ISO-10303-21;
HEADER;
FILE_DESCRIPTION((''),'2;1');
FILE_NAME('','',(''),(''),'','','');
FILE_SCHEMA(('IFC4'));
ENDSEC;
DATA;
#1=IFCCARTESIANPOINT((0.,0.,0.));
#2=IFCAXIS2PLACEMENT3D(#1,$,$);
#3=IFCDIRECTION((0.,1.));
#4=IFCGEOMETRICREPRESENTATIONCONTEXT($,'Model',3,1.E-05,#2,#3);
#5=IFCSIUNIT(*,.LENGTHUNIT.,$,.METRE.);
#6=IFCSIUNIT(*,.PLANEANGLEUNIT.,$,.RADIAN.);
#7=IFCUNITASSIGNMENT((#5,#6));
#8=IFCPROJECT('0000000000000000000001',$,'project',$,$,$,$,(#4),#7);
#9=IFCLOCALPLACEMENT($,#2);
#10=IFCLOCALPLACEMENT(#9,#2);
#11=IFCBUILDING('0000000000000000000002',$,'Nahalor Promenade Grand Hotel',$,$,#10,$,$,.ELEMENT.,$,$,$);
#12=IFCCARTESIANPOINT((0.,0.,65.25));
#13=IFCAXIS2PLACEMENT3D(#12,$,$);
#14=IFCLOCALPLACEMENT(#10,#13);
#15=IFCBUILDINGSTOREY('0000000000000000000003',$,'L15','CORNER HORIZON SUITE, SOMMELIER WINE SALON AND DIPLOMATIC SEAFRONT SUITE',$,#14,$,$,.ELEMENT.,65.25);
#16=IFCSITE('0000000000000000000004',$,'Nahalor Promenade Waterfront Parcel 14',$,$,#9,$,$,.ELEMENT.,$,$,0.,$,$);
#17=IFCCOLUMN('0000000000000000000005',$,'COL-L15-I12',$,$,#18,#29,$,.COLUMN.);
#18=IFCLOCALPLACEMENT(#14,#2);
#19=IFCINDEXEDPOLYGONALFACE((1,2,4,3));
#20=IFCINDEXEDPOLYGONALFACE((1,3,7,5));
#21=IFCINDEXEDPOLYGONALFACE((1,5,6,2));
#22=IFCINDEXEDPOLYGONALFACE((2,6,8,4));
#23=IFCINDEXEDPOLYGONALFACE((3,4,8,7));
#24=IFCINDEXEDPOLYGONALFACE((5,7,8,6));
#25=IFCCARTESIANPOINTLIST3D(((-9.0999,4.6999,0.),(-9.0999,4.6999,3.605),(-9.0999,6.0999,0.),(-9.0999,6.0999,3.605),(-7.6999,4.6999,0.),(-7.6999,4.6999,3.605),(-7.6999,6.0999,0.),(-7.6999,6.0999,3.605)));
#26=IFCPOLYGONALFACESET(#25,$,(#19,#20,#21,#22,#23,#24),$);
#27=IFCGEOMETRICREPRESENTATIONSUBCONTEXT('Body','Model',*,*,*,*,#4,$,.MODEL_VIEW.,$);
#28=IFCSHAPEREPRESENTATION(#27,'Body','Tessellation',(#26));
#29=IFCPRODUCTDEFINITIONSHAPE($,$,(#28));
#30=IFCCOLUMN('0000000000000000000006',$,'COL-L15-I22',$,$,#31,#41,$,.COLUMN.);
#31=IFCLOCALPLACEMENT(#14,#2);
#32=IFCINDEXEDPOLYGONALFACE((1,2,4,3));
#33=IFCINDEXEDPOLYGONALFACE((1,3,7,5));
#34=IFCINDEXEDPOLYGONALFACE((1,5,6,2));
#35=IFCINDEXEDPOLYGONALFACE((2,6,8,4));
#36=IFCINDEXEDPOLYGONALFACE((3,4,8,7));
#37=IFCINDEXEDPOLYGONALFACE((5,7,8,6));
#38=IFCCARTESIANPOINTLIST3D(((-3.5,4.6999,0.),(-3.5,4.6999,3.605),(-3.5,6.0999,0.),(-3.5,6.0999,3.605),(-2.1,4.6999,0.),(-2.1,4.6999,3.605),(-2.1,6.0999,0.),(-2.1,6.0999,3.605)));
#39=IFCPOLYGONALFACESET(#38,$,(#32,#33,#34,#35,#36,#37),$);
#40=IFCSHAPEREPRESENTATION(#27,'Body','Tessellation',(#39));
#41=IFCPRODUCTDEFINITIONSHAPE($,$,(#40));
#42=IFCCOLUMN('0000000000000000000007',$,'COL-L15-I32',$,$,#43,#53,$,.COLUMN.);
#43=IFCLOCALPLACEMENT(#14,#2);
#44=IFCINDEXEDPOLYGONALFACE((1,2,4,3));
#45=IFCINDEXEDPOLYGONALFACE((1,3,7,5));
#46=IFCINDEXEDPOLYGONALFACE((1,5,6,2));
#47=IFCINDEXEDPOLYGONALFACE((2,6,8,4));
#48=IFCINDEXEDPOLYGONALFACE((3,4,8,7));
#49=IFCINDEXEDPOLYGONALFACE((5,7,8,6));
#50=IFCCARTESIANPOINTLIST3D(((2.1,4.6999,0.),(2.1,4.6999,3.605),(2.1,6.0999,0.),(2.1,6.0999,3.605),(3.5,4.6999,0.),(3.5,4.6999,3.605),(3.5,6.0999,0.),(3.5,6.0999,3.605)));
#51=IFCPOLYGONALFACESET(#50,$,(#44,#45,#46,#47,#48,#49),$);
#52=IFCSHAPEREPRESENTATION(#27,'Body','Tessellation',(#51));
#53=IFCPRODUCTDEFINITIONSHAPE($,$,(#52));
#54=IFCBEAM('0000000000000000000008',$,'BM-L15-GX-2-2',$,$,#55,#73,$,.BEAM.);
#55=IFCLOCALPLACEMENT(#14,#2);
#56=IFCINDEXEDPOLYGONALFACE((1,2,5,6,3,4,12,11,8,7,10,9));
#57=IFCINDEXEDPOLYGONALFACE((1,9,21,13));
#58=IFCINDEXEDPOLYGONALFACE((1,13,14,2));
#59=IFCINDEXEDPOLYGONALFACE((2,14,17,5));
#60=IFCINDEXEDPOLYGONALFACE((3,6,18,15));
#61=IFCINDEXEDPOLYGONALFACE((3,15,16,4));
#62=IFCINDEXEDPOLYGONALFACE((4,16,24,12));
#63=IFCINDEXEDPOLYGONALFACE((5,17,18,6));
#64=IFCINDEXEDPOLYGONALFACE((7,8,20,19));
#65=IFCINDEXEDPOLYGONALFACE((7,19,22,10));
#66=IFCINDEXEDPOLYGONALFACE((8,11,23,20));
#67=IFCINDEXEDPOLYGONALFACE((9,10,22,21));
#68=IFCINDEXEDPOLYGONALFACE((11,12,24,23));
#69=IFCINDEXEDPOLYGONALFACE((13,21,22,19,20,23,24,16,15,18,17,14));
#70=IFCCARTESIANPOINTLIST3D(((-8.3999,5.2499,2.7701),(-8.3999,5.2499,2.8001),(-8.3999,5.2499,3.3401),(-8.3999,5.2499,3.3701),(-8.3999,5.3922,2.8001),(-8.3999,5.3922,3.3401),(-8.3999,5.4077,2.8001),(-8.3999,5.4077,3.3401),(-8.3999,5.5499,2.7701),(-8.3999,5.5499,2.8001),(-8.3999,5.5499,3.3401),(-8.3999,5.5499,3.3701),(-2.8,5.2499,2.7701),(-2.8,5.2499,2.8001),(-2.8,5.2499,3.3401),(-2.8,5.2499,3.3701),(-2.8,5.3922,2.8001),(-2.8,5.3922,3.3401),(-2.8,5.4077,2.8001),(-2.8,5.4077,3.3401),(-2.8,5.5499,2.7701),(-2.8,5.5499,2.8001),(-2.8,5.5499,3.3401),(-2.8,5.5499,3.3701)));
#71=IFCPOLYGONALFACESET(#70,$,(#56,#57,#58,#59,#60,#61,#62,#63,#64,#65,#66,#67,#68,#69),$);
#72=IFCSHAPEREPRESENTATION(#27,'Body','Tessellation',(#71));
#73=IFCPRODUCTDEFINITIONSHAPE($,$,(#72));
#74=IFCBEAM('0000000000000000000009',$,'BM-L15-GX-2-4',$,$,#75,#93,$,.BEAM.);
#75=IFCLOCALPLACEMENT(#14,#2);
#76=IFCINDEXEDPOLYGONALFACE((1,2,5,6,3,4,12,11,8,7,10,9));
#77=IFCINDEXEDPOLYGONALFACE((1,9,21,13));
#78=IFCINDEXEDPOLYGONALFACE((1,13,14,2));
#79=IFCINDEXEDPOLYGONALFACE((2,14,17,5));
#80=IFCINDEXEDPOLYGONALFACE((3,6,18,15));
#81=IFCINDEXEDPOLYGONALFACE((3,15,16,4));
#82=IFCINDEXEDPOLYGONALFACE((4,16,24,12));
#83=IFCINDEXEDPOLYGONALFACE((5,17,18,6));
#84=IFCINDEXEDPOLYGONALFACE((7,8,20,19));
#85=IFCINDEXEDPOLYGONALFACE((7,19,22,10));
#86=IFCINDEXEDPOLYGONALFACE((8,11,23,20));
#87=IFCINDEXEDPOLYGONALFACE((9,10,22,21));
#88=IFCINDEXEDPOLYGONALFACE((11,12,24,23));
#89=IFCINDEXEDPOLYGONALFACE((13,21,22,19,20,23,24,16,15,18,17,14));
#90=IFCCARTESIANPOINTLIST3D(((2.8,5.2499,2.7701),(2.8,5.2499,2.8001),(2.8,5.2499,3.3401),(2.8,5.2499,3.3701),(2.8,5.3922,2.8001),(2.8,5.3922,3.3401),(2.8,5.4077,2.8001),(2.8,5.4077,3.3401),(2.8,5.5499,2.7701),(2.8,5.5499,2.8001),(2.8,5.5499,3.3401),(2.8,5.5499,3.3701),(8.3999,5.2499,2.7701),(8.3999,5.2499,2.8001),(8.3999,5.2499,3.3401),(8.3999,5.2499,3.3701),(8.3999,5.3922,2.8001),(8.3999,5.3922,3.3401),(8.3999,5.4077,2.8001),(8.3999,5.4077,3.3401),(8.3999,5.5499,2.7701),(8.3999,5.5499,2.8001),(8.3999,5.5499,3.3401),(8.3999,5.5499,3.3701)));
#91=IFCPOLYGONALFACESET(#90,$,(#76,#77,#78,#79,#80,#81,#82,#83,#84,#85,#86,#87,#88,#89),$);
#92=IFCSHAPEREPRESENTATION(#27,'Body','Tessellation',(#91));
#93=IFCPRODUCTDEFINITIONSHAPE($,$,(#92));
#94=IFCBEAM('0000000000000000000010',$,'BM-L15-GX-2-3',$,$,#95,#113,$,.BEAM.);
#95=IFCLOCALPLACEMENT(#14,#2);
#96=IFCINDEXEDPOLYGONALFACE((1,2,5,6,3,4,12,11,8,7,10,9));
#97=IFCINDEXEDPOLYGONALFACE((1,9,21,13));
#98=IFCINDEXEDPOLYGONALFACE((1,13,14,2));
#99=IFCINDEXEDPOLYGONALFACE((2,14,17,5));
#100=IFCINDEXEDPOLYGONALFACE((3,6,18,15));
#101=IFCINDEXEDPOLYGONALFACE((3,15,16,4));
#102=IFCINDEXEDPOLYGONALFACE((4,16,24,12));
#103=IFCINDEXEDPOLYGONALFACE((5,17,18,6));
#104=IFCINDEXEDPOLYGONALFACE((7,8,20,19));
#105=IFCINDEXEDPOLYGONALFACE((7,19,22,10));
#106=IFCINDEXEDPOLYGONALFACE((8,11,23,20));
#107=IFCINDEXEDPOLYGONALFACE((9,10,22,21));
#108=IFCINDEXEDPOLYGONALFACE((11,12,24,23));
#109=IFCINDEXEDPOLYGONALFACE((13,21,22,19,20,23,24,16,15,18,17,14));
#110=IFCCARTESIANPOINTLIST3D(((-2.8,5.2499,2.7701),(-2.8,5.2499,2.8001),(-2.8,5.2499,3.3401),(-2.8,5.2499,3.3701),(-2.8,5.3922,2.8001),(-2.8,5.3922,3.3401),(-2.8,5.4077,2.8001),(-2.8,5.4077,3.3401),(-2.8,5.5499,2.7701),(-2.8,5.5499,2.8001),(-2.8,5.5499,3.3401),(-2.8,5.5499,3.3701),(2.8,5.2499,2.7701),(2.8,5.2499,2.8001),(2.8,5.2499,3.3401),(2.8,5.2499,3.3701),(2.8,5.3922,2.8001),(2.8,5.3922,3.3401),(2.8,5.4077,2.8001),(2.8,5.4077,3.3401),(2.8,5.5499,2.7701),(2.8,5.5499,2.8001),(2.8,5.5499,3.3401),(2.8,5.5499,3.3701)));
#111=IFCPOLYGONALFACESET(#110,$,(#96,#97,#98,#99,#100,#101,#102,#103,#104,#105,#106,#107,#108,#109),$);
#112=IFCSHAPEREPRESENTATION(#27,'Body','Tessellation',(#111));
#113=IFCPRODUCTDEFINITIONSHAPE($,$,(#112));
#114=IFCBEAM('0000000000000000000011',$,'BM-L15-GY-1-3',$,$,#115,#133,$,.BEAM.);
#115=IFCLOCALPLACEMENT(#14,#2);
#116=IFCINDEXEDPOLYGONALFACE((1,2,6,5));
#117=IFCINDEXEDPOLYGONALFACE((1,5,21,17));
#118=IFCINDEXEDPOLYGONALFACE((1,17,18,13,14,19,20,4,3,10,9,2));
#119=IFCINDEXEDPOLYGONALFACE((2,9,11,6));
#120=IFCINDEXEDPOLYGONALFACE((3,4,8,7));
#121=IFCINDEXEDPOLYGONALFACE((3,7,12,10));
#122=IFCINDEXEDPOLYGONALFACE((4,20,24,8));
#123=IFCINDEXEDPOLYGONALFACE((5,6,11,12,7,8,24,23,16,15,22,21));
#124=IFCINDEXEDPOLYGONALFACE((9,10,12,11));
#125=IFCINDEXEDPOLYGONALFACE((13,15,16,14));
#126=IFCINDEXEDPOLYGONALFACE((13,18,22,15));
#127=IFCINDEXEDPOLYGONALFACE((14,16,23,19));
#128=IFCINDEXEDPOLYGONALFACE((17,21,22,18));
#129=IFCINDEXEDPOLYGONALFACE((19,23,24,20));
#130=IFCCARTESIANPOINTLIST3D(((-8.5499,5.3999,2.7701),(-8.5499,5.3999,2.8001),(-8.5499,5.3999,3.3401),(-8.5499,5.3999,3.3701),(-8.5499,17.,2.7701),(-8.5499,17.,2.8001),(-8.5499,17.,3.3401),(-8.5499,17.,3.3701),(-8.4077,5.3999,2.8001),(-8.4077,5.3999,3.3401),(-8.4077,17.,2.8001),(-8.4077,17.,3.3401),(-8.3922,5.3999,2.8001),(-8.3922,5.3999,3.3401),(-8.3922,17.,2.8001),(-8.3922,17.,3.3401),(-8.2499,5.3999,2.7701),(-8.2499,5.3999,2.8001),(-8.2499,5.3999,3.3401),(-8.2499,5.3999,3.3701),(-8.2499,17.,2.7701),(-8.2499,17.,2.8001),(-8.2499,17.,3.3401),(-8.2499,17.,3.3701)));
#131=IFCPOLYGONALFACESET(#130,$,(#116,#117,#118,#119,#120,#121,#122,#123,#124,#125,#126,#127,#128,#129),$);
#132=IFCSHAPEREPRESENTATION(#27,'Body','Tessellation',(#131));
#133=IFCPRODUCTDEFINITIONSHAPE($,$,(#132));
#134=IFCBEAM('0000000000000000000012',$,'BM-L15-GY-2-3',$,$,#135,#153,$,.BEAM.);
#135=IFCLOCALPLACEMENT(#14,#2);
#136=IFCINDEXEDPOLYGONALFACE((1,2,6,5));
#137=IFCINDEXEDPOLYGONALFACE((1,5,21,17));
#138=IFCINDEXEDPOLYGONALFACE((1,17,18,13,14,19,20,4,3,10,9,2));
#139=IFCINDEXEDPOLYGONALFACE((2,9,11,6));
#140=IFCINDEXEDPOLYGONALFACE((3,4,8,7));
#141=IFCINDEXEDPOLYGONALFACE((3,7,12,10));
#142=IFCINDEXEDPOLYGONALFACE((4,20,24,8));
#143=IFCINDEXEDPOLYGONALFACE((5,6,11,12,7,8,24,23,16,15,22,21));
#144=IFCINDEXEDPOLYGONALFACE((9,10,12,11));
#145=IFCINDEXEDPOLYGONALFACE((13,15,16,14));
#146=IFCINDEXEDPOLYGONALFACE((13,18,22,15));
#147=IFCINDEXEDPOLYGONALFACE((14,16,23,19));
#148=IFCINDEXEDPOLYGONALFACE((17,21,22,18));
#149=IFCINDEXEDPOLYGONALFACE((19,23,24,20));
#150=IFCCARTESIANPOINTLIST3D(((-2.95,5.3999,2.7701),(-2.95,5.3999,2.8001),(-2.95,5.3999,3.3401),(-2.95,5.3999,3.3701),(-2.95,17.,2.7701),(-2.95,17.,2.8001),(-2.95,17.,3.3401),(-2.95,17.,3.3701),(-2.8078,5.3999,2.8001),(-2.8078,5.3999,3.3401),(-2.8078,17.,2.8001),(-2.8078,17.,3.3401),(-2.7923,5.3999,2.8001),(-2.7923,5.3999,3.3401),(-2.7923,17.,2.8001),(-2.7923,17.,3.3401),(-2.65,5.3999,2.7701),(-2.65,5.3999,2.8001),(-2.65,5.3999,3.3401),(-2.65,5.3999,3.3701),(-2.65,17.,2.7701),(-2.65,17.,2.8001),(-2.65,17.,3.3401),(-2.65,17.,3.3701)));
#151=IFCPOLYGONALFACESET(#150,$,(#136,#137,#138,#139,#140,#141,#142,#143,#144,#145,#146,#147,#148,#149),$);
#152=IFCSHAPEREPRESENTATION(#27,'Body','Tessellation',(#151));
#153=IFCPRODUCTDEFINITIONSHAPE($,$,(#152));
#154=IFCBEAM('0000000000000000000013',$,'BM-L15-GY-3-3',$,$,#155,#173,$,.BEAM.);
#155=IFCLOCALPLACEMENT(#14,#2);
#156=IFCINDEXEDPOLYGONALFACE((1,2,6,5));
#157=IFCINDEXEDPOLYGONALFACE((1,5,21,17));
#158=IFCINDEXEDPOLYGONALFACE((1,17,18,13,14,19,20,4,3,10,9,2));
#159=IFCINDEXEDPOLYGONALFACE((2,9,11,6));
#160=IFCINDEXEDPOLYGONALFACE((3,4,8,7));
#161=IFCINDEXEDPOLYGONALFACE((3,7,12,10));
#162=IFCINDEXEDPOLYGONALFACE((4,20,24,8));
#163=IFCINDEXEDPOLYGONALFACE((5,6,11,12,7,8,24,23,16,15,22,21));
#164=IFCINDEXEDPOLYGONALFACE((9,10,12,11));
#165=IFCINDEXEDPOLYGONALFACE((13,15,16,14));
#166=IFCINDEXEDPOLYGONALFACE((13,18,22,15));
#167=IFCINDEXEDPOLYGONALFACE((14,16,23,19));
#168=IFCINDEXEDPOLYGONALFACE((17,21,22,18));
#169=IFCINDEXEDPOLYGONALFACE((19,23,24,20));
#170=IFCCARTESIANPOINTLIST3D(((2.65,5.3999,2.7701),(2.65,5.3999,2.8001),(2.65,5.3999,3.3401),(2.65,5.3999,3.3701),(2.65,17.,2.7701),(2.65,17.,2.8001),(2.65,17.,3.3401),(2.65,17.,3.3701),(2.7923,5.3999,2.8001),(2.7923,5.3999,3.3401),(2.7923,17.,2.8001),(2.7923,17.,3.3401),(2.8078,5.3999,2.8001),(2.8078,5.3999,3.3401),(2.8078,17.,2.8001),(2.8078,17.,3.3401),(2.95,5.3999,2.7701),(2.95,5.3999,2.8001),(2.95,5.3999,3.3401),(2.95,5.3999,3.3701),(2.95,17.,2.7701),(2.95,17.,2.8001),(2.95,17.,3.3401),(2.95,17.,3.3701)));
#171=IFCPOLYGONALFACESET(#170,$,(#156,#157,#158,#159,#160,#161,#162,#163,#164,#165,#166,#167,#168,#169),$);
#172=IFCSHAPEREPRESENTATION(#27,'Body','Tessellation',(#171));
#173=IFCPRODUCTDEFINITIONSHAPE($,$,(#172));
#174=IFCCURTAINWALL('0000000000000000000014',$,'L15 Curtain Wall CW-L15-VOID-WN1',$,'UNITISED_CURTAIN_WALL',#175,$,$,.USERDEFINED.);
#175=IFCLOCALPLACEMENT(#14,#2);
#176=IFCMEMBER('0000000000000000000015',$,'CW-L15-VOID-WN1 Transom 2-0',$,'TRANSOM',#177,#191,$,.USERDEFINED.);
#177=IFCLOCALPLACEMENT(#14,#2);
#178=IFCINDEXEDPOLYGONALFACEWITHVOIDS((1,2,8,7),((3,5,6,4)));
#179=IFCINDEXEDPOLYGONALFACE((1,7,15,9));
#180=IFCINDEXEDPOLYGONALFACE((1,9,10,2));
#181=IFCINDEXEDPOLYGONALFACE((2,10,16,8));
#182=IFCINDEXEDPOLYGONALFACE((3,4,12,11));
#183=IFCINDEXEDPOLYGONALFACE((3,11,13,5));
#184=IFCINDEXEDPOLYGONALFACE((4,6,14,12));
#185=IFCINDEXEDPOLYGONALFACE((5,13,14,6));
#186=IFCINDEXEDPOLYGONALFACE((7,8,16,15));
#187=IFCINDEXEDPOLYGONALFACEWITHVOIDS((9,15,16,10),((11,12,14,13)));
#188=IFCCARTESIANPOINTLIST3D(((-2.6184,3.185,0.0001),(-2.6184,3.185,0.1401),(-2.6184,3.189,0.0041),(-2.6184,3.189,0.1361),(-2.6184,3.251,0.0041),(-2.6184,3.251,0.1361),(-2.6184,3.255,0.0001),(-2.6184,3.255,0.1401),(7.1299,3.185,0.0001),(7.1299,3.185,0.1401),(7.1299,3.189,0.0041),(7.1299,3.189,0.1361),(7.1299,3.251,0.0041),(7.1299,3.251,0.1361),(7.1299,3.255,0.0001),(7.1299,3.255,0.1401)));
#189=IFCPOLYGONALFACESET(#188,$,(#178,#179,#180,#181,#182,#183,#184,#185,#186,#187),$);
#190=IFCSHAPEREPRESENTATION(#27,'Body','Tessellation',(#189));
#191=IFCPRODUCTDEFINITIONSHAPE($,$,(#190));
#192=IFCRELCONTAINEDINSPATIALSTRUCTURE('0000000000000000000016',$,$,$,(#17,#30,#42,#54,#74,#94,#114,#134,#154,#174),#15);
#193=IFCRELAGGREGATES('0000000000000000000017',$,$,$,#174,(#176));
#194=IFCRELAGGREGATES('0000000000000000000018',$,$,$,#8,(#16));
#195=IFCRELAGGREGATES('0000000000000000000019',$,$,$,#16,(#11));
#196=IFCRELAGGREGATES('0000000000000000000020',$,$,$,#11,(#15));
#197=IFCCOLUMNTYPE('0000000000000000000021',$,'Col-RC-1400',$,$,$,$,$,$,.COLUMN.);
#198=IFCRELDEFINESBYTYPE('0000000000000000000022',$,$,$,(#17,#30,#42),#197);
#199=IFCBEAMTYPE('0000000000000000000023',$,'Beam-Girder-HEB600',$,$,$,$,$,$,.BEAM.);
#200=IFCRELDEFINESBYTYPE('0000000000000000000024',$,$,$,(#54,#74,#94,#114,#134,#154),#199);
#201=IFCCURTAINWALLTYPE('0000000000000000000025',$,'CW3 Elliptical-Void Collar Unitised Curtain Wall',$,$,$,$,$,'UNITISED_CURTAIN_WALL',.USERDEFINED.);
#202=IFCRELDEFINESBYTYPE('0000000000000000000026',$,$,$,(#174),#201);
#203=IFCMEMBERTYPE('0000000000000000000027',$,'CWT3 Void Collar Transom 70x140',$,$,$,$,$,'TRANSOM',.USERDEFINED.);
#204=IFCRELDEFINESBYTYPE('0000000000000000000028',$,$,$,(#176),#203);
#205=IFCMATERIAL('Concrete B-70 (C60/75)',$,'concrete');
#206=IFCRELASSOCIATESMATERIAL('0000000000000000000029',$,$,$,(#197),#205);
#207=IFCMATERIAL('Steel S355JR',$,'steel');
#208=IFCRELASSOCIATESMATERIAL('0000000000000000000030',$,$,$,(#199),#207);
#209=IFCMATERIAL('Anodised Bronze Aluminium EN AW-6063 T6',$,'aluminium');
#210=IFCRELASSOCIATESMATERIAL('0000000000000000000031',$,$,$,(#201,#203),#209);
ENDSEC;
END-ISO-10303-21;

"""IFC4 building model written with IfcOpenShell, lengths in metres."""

from ifc_helpers import new_model, si_unit, direction, frame, origin, origin_2d, place, context, subcontext, project, spatial, rectangle, hollow_rectangle, i_section, extrude, source, transform, mapped, material, material_profile, profile_set, type_object, element, aggregate, save


model = new_model("IFC4")

# Units and contexts
model_context = context("Model", 3, precision=1e-05, world=origin(), true_north=direction((0.0, 1.0)))
body_context = subcontext(model_context, "Body", "Model", "MODEL_VIEW")
ifc_project = project(units=[si_unit("LENGTHUNIT", "METRE"), si_unit("PLANEANGLEUNIT", "RADIAN")], contexts=[model_context])

# Site, building, storey
site_placement = place(None, origin())
site = spatial("IfcSite", under=ifc_project, at=site_placement, Name="Nahalor Promenade Waterfront Parcel 14", CompositionType="ELEMENT", RefElevation=0.0)
building_placement = place(site_placement, origin())
building = spatial("IfcBuilding", under=site, at=building_placement, Name="Nahalor Promenade Grand Hotel", CompositionType="ELEMENT")
storey_placement = place(building_placement, frame((0.0, 0.0, 65.25)))
storey = spatial("IfcBuildingStorey", under=building, at=storey_placement, Name="L15", Description="CORNER HORIZON SUITE, SOMMELIER WINE SALON AND DIPLOMATIC SEAFRONT SUITE", CompositionType="ELEMENT", Elevation=65.25)

# Columns
ifc_material_1 = material(Name="Concrete B-70 (C60/75)", Category="concrete")
ifc_material_profile_1 = material_profile(ifc_material_1, rectangle(XDim=1.4, YDim=1.4, at=origin_2d()), Name="RC 1400x1400")
ifc_profile_set_1 = profile_set([ifc_material_profile_1], Name="Concrete B-70 (C60/75)")
column_type = type_object("IfcColumnType", Name="Col-RC-1400", PredefinedType="COLUMN", material=ifc_profile_set_1)
shared_shape_1 = source(origin(), body_context, "Body", "SweptSolid", [
    extrude(rectangle(XDim=1.4, YDim=1.4, at=origin_2d()), origin(), (0.0, 0.0, 1.0), 3.605),
])
for number, where, z_axis, x_axis, name in (
    (1, (-8.3999, 5.3999, 0.0), (0.0, 0.0, 1.0), (1.0, 0.0, 0.0), "COL-L15-I12"),
    (2, (-2.8, 5.3999, 0.0), (0.0, 0.0, 1.0), (1.0, 0.0, 0.0), "COL-L15-I22"),
    (3, (2.8, 5.3999, 0.0), (0.0, 0.0, 1.0), (1.0, 0.0, 0.0), "COL-L15-I32"),
):
    element("IfcColumn", number, at=place(storey_placement, frame(where, z_axis=z_axis, x_axis=x_axis)), inside=storey, type_object=column_type, Name=name, PredefinedType="COLUMN", context=body_context, shape_type="MappedRepresentation", body=[
        mapped(shared_shape_1, transform((0.0, 0.0, 0.0), scale=1.0)),
    ])

# Beams
ifc_material_2 = material(Name="Steel S355JR", Category="steel")
ifc_material_profile_2 = material_profile(ifc_material_2, i_section(OverallWidth=0.3, OverallDepth=0.6, WebThickness=0.0155, FlangeThickness=0.03, at=origin_2d()), Name="HEB 600")
ifc_profile_set_2 = profile_set([ifc_material_profile_2], Name="Steel S355JR")
beam_type = type_object("IfcBeamType", Name="Beam-Girder-HEB600", PredefinedType="BEAM", material=ifc_profile_set_2)
shared_shape_2 = source(origin(), body_context, "Body", "SweptSolid", [
    extrude(i_section(OverallWidth=0.3, OverallDepth=0.6, WebThickness=0.0155, FlangeThickness=0.03, at=origin_2d()), origin(), (0.0, 0.0, 1.0), 5.5999),
])
for number, where, z_axis, x_axis, name in (
    (4, (-8.3999, 5.3999, 3.0701), (1.0, 0.0, 0.0), (0.0, 1.0, 0.0), "BM-L15-GX-2-2"),
    (5, (2.8, 5.3999, 3.0701), (1.0, 0.0, 0.0), (0.0, 1.0, 0.0), "BM-L15-GX-2-4"),
):
    element("IfcBeam", number, at=place(storey_placement, frame(where, z_axis=z_axis, x_axis=x_axis)), inside=storey, type_object=beam_type, Name=name, PredefinedType="BEAM", context=body_context, shape_type="MappedRepresentation", body=[
        mapped(shared_shape_2, transform((0.0, 0.0, 0.0), scale=1.0)),
    ])
shared_shape_3 = source(origin(), body_context, "Body", "SweptSolid", [
    extrude(i_section(OverallWidth=0.3, OverallDepth=0.6, WebThickness=0.0155, FlangeThickness=0.03, at=origin_2d()), origin(), (0.0, 0.0, 1.0), 5.6001),
])
beam_placement = place(storey_placement, frame((-2.8, 5.3999, 3.0701), z_axis=(1.0, 0.0, 0.0), x_axis=(0.0, 1.0, 0.0)))
element("IfcBeam", 6, at=beam_placement, inside=storey, type_object=beam_type, Name="BM-L15-GX-2-3", PredefinedType="BEAM", context=body_context, shape_type="MappedRepresentation", body=[
    mapped(shared_shape_3, transform((0.0, 0.0, 0.0), scale=1.0)),
])
shared_shape_4 = source(origin(), body_context, "Body", "SweptSolid", [
    extrude(i_section(OverallWidth=0.3, OverallDepth=0.6, WebThickness=0.0155, FlangeThickness=0.03, at=origin_2d()), origin(), (0.0, 0.0, 1.0), 11.6001),
])
for number, where, z_axis, x_axis, name in (
    (7, (-8.3999, 5.3999, 3.0701), (0.0, 1.0, 0.0), (-1.0, 0.0, 0.0), "BM-L15-GY-1-3"),
    (8, (-2.8, 5.3999, 3.0701), (0.0, 1.0, 0.0), (-1.0, 0.0, 0.0), "BM-L15-GY-2-3"),
    (9, (2.8, 5.3999, 3.0701), (0.0, 1.0, 0.0), (-1.0, 0.0, 0.0), "BM-L15-GY-3-3"),
):
    element("IfcBeam", number, at=place(storey_placement, frame(where, z_axis=z_axis, x_axis=x_axis)), inside=storey, type_object=beam_type, Name=name, PredefinedType="BEAM", context=body_context, shape_type="MappedRepresentation", body=[
        mapped(shared_shape_4, transform((0.0, 0.0, 0.0), scale=1.0)),
    ])

# Curtain wall, member
ifc_material_3 = material(Name="Anodised Bronze Aluminium EN AW-6063 T6", Category="aluminium")
curtain_wall_type = type_object("IfcCurtainWallType", Name="CW3 Elliptical-Void Collar Unitised Curtain Wall", ElementType="UNITISED_CURTAIN_WALL", PredefinedType="USERDEFINED", material=ifc_material_3)
curtain_wall_placement = place(storey_placement, origin())
curtain_wall = element("IfcCurtainWall", 10, at=curtain_wall_placement, inside=storey, type_object=curtain_wall_type, Name="L15 Curtain Wall CW-L15-VOID-WN1", ObjectType="UNITISED_CURTAIN_WALL", PredefinedType="USERDEFINED")
ifc_material_profile_3 = material_profile(ifc_material_3, hollow_rectangle(XDim=0.07, YDim=0.14, WallThickness=0.004, at=origin_2d()), Name="CWT 70x140x4")
ifc_profile_set_3 = profile_set([ifc_material_profile_3], Name="Anodised Bronze Aluminium EN AW-6063 T6")
member_type_1 = type_object("IfcMemberType", Name="CWT3 Void Collar Transom 70x140", ElementType="TRANSOM", PredefinedType="USERDEFINED", material=ifc_profile_set_3)
shared_shape_5 = source(origin(), body_context, "Body", "SweptSolid", [
    extrude(hollow_rectangle(XDim=0.07, YDim=0.14, WallThickness=0.004, at=origin_2d()), origin(), (0.0, 0.0, 1.0), 9.7483),
])
member_1_placement = place(storey_placement, frame((-2.6184, 3.22, 0.0701), z_axis=(1.0, 0.0, 0.0), x_axis=(0.0, 1.0, 0.0)))
member_1 = element("IfcMember", 11, at=member_1_placement, type_object=member_type_1, Name="CW-L15-VOID-WN1 Transom 2-0", ObjectType="TRANSOM", PredefinedType="USERDEFINED", context=body_context, shape_type="MappedRepresentation", body=[
    mapped(shared_shape_5, transform((0.0, 0.0, 0.0), scale=1.0)),
])

aggregate(curtain_wall, [member_1])

save(model, "model.ifc")
